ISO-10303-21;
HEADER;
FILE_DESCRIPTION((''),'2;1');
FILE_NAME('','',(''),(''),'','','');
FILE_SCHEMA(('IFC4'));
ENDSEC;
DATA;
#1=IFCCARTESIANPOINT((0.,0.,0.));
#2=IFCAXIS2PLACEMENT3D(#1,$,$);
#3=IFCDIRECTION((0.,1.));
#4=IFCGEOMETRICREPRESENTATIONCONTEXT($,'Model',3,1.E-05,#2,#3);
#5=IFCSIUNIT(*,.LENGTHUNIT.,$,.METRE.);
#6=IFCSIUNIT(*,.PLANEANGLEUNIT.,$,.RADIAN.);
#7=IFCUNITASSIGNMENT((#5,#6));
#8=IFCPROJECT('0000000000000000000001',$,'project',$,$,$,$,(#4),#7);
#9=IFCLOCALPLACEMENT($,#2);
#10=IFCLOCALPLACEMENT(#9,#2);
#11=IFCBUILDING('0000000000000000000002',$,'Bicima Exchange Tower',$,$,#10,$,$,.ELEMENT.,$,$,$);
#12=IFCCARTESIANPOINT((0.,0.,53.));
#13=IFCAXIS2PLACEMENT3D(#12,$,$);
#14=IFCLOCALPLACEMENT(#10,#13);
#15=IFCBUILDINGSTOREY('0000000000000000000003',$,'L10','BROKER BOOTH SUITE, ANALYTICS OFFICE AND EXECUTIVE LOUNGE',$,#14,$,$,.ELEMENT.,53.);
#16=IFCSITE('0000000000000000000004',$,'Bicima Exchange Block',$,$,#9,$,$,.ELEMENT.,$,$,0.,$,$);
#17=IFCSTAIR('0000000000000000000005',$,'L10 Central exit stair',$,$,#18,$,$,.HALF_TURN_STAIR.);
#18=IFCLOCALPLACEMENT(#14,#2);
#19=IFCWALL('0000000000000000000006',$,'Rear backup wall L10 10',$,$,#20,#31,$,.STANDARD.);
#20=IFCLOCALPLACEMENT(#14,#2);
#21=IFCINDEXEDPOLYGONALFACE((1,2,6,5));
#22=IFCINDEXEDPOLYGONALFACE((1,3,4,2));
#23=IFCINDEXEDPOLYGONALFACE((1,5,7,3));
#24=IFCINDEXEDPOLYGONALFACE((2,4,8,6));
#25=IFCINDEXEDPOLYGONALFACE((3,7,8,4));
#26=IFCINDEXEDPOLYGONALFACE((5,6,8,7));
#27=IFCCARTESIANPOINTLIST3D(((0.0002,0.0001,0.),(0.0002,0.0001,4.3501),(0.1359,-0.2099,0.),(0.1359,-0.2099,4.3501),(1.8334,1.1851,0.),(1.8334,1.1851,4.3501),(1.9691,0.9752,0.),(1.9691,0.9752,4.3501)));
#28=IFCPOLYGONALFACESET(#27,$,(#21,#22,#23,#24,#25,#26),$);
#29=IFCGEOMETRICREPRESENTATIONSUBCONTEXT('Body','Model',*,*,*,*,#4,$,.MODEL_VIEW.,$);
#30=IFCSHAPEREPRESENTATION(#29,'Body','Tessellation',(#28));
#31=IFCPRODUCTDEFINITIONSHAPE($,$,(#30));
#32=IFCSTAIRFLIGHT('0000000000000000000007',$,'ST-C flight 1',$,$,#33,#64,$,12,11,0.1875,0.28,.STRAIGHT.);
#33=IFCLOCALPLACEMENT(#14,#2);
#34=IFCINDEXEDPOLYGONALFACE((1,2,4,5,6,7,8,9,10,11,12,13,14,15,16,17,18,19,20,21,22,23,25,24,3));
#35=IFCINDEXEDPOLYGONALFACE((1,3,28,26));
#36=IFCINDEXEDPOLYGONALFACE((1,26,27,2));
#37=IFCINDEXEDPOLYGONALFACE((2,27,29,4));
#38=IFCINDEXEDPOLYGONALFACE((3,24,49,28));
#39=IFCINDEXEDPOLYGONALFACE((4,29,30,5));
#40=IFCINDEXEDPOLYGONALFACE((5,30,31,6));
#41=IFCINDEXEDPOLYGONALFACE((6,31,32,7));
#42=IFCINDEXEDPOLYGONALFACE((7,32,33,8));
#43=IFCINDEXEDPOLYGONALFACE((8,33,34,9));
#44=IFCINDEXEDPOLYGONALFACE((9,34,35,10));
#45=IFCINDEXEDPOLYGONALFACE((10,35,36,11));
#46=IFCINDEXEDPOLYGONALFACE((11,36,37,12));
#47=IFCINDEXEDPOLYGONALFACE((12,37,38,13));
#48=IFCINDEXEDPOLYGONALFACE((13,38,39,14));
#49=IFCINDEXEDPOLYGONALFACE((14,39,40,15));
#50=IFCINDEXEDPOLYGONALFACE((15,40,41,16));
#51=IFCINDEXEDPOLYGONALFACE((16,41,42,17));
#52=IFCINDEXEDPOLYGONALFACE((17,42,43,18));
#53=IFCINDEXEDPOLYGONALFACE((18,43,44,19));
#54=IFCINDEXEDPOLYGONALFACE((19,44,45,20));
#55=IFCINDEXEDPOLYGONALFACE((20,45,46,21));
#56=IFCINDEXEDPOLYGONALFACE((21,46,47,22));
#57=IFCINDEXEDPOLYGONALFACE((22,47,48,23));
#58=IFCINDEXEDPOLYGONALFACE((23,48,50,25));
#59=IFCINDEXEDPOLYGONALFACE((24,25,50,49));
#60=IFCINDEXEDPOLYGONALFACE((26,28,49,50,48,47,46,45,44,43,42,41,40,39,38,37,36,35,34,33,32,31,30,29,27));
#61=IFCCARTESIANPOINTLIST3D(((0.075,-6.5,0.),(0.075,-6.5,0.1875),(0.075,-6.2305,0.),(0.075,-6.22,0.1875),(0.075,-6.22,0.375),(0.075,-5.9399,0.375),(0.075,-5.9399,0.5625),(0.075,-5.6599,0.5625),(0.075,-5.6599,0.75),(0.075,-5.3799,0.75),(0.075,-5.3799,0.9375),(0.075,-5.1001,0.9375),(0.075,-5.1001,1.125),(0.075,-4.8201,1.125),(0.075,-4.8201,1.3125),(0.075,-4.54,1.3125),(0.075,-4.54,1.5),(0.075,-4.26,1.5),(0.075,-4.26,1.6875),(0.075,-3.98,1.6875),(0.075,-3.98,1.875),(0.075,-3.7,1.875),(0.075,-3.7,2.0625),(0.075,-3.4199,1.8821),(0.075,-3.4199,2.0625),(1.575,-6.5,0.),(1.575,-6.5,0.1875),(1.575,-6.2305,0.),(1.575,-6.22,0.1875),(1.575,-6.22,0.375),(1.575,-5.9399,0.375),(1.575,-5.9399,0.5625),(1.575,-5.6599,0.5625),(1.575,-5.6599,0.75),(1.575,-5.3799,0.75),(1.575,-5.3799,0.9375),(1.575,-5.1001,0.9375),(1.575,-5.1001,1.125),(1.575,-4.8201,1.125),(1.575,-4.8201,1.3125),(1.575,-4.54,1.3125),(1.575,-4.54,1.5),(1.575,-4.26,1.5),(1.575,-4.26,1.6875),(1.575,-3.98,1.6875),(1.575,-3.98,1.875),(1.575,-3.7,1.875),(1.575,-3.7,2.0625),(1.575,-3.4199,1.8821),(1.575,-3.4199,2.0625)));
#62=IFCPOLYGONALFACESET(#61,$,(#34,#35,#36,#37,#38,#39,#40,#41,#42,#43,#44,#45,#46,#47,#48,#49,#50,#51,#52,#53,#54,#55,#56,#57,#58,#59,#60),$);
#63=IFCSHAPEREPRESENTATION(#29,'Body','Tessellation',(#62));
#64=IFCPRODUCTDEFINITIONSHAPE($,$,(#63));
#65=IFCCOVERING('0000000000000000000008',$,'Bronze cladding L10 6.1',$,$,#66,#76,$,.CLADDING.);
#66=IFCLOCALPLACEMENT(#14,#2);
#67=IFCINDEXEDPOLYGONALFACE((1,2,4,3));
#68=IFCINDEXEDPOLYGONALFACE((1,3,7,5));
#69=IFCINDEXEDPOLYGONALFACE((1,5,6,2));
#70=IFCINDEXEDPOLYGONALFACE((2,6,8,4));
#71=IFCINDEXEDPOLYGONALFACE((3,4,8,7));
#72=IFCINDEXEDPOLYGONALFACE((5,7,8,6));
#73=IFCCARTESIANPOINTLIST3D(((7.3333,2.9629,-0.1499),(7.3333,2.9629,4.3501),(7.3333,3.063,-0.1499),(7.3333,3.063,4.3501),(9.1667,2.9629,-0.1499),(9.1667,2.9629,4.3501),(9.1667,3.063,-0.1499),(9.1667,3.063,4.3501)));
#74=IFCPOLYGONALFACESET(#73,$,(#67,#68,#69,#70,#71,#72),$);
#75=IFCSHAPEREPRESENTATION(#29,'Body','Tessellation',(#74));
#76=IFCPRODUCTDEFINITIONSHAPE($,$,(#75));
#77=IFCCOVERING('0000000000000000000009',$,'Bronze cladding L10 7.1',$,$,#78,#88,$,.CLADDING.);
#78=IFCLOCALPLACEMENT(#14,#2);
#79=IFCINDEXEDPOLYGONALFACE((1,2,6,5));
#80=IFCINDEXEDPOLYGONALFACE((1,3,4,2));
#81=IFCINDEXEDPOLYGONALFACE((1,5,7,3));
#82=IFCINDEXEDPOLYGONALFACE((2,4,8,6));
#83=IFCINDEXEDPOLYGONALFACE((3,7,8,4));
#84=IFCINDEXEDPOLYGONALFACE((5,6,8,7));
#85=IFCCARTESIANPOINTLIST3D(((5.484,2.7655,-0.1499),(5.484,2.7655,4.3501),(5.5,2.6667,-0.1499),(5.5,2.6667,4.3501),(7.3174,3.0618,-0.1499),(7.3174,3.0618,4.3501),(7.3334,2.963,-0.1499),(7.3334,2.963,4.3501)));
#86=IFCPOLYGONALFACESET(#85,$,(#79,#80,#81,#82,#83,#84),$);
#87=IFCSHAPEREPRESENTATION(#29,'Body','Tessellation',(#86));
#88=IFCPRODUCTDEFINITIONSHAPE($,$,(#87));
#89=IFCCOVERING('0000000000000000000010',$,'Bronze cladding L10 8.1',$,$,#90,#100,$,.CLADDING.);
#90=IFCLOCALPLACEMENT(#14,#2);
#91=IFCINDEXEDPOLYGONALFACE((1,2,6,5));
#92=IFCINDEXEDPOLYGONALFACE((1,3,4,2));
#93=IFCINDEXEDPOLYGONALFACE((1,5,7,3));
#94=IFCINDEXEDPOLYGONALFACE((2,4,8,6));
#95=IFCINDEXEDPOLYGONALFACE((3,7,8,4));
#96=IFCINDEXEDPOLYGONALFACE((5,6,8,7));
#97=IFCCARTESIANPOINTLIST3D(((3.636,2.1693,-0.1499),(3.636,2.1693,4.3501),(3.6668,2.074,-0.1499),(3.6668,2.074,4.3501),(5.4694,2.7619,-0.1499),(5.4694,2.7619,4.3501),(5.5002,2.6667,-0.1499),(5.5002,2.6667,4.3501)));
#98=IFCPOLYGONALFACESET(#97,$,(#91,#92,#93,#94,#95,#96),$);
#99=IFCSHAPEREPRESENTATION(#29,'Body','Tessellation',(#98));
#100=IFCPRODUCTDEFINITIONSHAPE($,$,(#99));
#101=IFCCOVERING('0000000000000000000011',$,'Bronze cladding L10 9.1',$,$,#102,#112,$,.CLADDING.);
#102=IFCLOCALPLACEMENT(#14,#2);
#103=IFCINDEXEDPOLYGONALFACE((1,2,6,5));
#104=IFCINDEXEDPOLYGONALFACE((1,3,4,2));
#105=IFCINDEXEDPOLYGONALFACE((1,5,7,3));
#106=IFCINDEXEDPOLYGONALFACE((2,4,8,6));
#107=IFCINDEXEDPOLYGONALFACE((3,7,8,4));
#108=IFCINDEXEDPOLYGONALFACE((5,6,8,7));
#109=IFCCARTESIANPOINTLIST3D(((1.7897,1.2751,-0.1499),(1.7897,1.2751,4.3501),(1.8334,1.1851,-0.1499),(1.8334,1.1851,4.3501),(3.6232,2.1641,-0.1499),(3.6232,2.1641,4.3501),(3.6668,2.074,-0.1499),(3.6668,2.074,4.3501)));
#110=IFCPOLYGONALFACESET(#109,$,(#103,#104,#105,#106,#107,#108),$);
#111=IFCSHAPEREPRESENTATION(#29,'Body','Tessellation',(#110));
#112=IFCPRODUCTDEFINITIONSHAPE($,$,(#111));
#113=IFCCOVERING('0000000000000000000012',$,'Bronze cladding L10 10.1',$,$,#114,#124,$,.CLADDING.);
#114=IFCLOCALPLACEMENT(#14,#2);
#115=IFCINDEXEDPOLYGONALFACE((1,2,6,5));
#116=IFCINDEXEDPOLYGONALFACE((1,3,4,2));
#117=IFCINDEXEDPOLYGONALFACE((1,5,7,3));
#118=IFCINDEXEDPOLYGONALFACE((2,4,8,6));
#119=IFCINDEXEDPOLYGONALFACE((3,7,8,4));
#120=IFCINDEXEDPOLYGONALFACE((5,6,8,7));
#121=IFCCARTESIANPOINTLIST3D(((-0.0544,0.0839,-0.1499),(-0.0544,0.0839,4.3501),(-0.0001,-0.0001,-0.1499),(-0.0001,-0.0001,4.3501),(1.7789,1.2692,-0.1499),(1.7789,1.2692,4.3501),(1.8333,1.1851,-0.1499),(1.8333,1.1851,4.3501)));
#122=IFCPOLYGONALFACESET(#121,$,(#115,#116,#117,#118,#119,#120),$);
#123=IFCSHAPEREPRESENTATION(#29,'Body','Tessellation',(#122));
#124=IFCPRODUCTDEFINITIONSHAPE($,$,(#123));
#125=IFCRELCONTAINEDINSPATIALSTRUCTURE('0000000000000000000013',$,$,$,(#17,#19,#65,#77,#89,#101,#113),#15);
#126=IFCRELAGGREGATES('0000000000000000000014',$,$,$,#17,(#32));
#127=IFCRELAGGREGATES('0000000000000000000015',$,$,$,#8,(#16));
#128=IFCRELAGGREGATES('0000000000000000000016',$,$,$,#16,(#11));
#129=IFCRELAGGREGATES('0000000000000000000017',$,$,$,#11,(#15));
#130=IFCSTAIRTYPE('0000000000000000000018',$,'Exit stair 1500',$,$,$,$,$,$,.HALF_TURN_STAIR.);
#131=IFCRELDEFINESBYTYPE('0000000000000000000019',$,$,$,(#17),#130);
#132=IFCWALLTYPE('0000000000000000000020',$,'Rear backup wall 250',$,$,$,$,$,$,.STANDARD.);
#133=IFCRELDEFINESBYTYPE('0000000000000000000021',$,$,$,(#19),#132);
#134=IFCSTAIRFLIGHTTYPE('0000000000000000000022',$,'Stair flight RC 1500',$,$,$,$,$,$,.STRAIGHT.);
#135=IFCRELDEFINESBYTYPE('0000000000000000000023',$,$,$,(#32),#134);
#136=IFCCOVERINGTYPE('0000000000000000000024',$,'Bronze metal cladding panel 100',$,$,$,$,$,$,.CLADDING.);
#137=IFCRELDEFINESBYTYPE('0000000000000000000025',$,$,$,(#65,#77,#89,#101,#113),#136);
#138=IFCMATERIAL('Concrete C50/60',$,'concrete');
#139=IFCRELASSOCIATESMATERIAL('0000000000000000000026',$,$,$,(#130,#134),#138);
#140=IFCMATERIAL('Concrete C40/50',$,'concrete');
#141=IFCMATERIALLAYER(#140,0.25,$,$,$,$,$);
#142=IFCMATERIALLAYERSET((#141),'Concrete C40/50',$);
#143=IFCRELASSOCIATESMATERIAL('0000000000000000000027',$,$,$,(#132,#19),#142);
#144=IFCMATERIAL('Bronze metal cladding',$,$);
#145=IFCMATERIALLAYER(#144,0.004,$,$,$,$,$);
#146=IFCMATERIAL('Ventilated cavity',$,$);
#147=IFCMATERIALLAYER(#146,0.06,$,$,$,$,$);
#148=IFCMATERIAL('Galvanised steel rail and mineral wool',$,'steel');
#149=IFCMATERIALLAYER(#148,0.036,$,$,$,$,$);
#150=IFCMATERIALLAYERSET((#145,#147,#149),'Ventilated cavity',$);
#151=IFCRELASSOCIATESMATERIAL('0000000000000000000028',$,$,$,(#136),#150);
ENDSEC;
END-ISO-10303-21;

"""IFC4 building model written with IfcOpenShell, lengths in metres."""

from ifc_helpers import new_model, si_unit, direction, frame, frame_2d, origin, origin_2d, place, context, subcontext, project, spatial, polyline, rectangle, outline, extrude, material, layer, layer_set, layer_usage, type_object, element, aggregate, save


model = new_model("IFC4")

# Units and contexts
model_context = context("Model", 3, precision=1e-05, world=origin(), true_north=direction((0.0, 1.0)))
body_context = subcontext(model_context, "Body", "Model", "MODEL_VIEW")
ifc_project = project(units=[si_unit("LENGTHUNIT", "METRE"), si_unit("PLANEANGLEUNIT", "RADIAN")], contexts=[model_context])

# Site, building, storey
site_placement = place(None, origin())
site = spatial("IfcSite", under=ifc_project, at=site_placement, Name="Bicima Exchange Block", CompositionType="ELEMENT", RefElevation=0.0)
building_placement = place(site_placement, origin())
building = spatial("IfcBuilding", under=site, at=building_placement, Name="Bicima Exchange Tower", CompositionType="ELEMENT")
storey_placement = place(building_placement, frame((0.0, 0.0, 53.0)))
storey = spatial("IfcBuildingStorey", under=building, at=storey_placement, Name="L10", Description="BROKER BOOTH SUITE, ANALYTICS OFFICE AND EXECUTIVE LOUNGE", CompositionType="ELEMENT", Elevation=53.0)

# Stair
ifc_material_1 = material(Name="Concrete C50/60", Category="concrete")
stair_type_1 = type_object("IfcStairType", Name="Exit stair 1500", PredefinedType="HALF_TURN_STAIR", material=ifc_material_1)
stair_1_placement = place(storey_placement, origin())
stair_1 = element("IfcStair", 1, at=stair_1_placement, inside=storey, type_object=stair_type_1, Name="L10 Central exit stair", PredefinedType="HALF_TURN_STAIR")

# Wall
ifc_material_2 = material(Name="Concrete C40/50", Category="concrete")
ifc_layer_1 = layer(ifc_material_2, 0.25)
ifc_layer_set_1 = layer_set([ifc_layer_1], Name="Concrete C40/50")
ifc_layer_usage = layer_usage(ifc_layer_set_1, "AXIS2", "POSITIVE", -0.125)
wall_type_1 = type_object("IfcWallType", Name="Rear backup wall 250", PredefinedType="STANDARD", material=ifc_layer_set_1)
wall_1_placement = place(storey_placement, frame((1.9011, 1.0801, 0.0), z_axis=(0.0, 0.0, 1.0), x_axis=(-0.839813, -0.542876, 0.0)))
element("IfcWall", 2, at=wall_1_placement, inside=storey, type_object=wall_type_1, material=ifc_layer_usage, Name="Rear backup wall L10 10", PredefinedType="STANDARD", context=body_context, shape_type="SweptSolid", body=[
    extrude(rectangle(XDim=2.1829, YDim=0.25, at=frame_2d((1.0913, 0.0))), origin(), (0.0, 0.0, 1.0), 4.3501),
])

# Stair flight
stair_flight_type = type_object("IfcStairFlightType", Name="Stair flight RC 1500", PredefinedType="STRAIGHT", material=ifc_material_1)
stair_flight_placement = place(storey_placement, frame((0.825, -6.5, 0.0), z_axis=(0.0, 0.0, 1.0), x_axis=(0.0, 1.0, 0.0)))
stair_flight = element("IfcStairFlight", 3, at=stair_flight_placement, type_object=stair_flight_type, Name="ST-C flight 1", NumberOfRisers=12, NumberOfTreads=11, PredefinedType="STRAIGHT", RiserHeight=0.1875, TreadLength=0.28, context=body_context, shape_type="SweptSolid", body=[
    extrude(outline(polyline([(0.0, 0.0), (0.0, 0.1875), (0.28, 0.1875), (0.28, 0.375), (0.5601, 0.375), (0.5601, 0.5625), (0.8401, 0.5625), (0.8401, 0.75), (1.1201, 0.75), (1.1201, 0.9375), (1.3999, 0.9375), (1.3999, 1.125), (1.6799, 1.125), (1.6799, 1.3125), (1.96, 1.3125), (1.96, 1.5), (2.24, 1.5), (2.24, 1.6875), (2.52, 1.6875), (2.52, 1.875), (2.8, 1.875), (2.8, 2.0625), (3.0801, 2.0625), (3.0801, 2.25), (3.0801, 1.8821), (0.2695, 0.0), (0.0, 0.0)])), frame((0.0, 0.75, 0.0), z_axis=(0.0, -1.0, 0.0), x_axis=(1.0, 0.0, 0.0)), (0.0, 0.0, 1.0), 1.5),
])
aggregate(stair_1, [stair_flight])

# Coverings
ifc_material_3 = material(Name="Bronze metal cladding")
ifc_layer_2 = layer(ifc_material_3, 0.004)
ifc_material_4 = material(Name="Ventilated cavity")
ifc_layer_3 = layer(ifc_material_4, 0.06)
ifc_material_5 = material(Name="Galvanised steel rail and mineral wool", Category="steel")
ifc_layer_4 = layer(ifc_material_5, 0.036)
ifc_layer_set_2 = layer_set([ifc_layer_2, ifc_layer_3, ifc_layer_4], Name="Ventilated cavity")
covering_type = type_object("IfcCoveringType", Name="Bronze metal cladding panel 100", PredefinedType="CLADDING", material=ifc_layer_set_2)
covering_1_placement = place(storey_placement, frame((8.25, 3.0129, -0.1499), z_axis=(0.0, 0.0, 1.0), x_axis=(-1.0, 0.0, 0.0)))
element("IfcCovering", 4, at=covering_1_placement, inside=storey, type_object=covering_type, Name="Bronze cladding L10 6.1", PredefinedType="CLADDING", context=body_context, shape_type="SweptSolid", body=[
    extrude(rectangle(XDim=1.8335, YDim=0.1001, at=origin_2d()), origin(), (0.0, 0.0, 1.0), 4.5),
])
covering_2_placement = place(storey_placement, frame((6.4087, 2.8643, -0.1499), z_axis=(0.0, 0.0, 1.0), x_axis=(-0.98719, -0.15955, 0.0)))
element("IfcCovering", 5, at=covering_2_placement, inside=storey, type_object=covering_type, Name="Bronze cladding L10 7.1", PredefinedType="CLADDING", context=body_context, shape_type="SweptSolid", body=[
    extrude(rectangle(XDim=1.8572, YDim=0.1001, at=origin_2d()), origin(), (0.0, 0.0, 1.0), 4.5),
])
covering_3_placement = place(storey_placement, frame((4.5681, 2.418, -0.1499), z_axis=(0.0, 0.0, 1.0), x_axis=(-0.951525, -0.307573, 0.0)))
element("IfcCovering", 6, at=covering_3_placement, inside=storey, type_object=covering_type, Name="Bronze cladding L10 8.1", PredefinedType="CLADDING", context=body_context, shape_type="SweptSolid", body=[
    extrude(rectangle(XDim=1.9268, YDim=0.1001, at=origin_2d()), origin(), (0.0, 0.0, 1.0), 4.5),
])
covering_4_placement = place(storey_placement, frame((2.7283, 1.6746, -0.1499), z_axis=(0.0, 0.0, 1.0), x_axis=(-0.899818, -0.436265, 0.0)))
element("IfcCovering", 7, at=covering_4_placement, inside=storey, type_object=covering_type, Name="Bronze cladding L10 9.1", PredefinedType="CLADDING", context=body_context, shape_type="SweptSolid", body=[
    extrude(rectangle(XDim=2.0376, YDim=0.1001, at=origin_2d()), origin(), (0.0, 0.0, 1.0), 4.5),
])
covering_5_placement = place(storey_placement, frame((0.8894, 0.6345, -0.1499), z_axis=(0.0, 0.0, 1.0), x_axis=(-0.83979, -0.542911, 0.0)))
element("IfcCovering", 8, at=covering_5_placement, inside=storey, type_object=covering_type, Name="Bronze cladding L10 10.1", PredefinedType="CLADDING", context=body_context, shape_type="SweptSolid", body=[
    extrude(rectangle(XDim=2.1831, YDim=0.1001, at=origin_2d()), origin(), (0.0, 0.0, 1.0), 4.5),
])

save(model, "model.ifc")
